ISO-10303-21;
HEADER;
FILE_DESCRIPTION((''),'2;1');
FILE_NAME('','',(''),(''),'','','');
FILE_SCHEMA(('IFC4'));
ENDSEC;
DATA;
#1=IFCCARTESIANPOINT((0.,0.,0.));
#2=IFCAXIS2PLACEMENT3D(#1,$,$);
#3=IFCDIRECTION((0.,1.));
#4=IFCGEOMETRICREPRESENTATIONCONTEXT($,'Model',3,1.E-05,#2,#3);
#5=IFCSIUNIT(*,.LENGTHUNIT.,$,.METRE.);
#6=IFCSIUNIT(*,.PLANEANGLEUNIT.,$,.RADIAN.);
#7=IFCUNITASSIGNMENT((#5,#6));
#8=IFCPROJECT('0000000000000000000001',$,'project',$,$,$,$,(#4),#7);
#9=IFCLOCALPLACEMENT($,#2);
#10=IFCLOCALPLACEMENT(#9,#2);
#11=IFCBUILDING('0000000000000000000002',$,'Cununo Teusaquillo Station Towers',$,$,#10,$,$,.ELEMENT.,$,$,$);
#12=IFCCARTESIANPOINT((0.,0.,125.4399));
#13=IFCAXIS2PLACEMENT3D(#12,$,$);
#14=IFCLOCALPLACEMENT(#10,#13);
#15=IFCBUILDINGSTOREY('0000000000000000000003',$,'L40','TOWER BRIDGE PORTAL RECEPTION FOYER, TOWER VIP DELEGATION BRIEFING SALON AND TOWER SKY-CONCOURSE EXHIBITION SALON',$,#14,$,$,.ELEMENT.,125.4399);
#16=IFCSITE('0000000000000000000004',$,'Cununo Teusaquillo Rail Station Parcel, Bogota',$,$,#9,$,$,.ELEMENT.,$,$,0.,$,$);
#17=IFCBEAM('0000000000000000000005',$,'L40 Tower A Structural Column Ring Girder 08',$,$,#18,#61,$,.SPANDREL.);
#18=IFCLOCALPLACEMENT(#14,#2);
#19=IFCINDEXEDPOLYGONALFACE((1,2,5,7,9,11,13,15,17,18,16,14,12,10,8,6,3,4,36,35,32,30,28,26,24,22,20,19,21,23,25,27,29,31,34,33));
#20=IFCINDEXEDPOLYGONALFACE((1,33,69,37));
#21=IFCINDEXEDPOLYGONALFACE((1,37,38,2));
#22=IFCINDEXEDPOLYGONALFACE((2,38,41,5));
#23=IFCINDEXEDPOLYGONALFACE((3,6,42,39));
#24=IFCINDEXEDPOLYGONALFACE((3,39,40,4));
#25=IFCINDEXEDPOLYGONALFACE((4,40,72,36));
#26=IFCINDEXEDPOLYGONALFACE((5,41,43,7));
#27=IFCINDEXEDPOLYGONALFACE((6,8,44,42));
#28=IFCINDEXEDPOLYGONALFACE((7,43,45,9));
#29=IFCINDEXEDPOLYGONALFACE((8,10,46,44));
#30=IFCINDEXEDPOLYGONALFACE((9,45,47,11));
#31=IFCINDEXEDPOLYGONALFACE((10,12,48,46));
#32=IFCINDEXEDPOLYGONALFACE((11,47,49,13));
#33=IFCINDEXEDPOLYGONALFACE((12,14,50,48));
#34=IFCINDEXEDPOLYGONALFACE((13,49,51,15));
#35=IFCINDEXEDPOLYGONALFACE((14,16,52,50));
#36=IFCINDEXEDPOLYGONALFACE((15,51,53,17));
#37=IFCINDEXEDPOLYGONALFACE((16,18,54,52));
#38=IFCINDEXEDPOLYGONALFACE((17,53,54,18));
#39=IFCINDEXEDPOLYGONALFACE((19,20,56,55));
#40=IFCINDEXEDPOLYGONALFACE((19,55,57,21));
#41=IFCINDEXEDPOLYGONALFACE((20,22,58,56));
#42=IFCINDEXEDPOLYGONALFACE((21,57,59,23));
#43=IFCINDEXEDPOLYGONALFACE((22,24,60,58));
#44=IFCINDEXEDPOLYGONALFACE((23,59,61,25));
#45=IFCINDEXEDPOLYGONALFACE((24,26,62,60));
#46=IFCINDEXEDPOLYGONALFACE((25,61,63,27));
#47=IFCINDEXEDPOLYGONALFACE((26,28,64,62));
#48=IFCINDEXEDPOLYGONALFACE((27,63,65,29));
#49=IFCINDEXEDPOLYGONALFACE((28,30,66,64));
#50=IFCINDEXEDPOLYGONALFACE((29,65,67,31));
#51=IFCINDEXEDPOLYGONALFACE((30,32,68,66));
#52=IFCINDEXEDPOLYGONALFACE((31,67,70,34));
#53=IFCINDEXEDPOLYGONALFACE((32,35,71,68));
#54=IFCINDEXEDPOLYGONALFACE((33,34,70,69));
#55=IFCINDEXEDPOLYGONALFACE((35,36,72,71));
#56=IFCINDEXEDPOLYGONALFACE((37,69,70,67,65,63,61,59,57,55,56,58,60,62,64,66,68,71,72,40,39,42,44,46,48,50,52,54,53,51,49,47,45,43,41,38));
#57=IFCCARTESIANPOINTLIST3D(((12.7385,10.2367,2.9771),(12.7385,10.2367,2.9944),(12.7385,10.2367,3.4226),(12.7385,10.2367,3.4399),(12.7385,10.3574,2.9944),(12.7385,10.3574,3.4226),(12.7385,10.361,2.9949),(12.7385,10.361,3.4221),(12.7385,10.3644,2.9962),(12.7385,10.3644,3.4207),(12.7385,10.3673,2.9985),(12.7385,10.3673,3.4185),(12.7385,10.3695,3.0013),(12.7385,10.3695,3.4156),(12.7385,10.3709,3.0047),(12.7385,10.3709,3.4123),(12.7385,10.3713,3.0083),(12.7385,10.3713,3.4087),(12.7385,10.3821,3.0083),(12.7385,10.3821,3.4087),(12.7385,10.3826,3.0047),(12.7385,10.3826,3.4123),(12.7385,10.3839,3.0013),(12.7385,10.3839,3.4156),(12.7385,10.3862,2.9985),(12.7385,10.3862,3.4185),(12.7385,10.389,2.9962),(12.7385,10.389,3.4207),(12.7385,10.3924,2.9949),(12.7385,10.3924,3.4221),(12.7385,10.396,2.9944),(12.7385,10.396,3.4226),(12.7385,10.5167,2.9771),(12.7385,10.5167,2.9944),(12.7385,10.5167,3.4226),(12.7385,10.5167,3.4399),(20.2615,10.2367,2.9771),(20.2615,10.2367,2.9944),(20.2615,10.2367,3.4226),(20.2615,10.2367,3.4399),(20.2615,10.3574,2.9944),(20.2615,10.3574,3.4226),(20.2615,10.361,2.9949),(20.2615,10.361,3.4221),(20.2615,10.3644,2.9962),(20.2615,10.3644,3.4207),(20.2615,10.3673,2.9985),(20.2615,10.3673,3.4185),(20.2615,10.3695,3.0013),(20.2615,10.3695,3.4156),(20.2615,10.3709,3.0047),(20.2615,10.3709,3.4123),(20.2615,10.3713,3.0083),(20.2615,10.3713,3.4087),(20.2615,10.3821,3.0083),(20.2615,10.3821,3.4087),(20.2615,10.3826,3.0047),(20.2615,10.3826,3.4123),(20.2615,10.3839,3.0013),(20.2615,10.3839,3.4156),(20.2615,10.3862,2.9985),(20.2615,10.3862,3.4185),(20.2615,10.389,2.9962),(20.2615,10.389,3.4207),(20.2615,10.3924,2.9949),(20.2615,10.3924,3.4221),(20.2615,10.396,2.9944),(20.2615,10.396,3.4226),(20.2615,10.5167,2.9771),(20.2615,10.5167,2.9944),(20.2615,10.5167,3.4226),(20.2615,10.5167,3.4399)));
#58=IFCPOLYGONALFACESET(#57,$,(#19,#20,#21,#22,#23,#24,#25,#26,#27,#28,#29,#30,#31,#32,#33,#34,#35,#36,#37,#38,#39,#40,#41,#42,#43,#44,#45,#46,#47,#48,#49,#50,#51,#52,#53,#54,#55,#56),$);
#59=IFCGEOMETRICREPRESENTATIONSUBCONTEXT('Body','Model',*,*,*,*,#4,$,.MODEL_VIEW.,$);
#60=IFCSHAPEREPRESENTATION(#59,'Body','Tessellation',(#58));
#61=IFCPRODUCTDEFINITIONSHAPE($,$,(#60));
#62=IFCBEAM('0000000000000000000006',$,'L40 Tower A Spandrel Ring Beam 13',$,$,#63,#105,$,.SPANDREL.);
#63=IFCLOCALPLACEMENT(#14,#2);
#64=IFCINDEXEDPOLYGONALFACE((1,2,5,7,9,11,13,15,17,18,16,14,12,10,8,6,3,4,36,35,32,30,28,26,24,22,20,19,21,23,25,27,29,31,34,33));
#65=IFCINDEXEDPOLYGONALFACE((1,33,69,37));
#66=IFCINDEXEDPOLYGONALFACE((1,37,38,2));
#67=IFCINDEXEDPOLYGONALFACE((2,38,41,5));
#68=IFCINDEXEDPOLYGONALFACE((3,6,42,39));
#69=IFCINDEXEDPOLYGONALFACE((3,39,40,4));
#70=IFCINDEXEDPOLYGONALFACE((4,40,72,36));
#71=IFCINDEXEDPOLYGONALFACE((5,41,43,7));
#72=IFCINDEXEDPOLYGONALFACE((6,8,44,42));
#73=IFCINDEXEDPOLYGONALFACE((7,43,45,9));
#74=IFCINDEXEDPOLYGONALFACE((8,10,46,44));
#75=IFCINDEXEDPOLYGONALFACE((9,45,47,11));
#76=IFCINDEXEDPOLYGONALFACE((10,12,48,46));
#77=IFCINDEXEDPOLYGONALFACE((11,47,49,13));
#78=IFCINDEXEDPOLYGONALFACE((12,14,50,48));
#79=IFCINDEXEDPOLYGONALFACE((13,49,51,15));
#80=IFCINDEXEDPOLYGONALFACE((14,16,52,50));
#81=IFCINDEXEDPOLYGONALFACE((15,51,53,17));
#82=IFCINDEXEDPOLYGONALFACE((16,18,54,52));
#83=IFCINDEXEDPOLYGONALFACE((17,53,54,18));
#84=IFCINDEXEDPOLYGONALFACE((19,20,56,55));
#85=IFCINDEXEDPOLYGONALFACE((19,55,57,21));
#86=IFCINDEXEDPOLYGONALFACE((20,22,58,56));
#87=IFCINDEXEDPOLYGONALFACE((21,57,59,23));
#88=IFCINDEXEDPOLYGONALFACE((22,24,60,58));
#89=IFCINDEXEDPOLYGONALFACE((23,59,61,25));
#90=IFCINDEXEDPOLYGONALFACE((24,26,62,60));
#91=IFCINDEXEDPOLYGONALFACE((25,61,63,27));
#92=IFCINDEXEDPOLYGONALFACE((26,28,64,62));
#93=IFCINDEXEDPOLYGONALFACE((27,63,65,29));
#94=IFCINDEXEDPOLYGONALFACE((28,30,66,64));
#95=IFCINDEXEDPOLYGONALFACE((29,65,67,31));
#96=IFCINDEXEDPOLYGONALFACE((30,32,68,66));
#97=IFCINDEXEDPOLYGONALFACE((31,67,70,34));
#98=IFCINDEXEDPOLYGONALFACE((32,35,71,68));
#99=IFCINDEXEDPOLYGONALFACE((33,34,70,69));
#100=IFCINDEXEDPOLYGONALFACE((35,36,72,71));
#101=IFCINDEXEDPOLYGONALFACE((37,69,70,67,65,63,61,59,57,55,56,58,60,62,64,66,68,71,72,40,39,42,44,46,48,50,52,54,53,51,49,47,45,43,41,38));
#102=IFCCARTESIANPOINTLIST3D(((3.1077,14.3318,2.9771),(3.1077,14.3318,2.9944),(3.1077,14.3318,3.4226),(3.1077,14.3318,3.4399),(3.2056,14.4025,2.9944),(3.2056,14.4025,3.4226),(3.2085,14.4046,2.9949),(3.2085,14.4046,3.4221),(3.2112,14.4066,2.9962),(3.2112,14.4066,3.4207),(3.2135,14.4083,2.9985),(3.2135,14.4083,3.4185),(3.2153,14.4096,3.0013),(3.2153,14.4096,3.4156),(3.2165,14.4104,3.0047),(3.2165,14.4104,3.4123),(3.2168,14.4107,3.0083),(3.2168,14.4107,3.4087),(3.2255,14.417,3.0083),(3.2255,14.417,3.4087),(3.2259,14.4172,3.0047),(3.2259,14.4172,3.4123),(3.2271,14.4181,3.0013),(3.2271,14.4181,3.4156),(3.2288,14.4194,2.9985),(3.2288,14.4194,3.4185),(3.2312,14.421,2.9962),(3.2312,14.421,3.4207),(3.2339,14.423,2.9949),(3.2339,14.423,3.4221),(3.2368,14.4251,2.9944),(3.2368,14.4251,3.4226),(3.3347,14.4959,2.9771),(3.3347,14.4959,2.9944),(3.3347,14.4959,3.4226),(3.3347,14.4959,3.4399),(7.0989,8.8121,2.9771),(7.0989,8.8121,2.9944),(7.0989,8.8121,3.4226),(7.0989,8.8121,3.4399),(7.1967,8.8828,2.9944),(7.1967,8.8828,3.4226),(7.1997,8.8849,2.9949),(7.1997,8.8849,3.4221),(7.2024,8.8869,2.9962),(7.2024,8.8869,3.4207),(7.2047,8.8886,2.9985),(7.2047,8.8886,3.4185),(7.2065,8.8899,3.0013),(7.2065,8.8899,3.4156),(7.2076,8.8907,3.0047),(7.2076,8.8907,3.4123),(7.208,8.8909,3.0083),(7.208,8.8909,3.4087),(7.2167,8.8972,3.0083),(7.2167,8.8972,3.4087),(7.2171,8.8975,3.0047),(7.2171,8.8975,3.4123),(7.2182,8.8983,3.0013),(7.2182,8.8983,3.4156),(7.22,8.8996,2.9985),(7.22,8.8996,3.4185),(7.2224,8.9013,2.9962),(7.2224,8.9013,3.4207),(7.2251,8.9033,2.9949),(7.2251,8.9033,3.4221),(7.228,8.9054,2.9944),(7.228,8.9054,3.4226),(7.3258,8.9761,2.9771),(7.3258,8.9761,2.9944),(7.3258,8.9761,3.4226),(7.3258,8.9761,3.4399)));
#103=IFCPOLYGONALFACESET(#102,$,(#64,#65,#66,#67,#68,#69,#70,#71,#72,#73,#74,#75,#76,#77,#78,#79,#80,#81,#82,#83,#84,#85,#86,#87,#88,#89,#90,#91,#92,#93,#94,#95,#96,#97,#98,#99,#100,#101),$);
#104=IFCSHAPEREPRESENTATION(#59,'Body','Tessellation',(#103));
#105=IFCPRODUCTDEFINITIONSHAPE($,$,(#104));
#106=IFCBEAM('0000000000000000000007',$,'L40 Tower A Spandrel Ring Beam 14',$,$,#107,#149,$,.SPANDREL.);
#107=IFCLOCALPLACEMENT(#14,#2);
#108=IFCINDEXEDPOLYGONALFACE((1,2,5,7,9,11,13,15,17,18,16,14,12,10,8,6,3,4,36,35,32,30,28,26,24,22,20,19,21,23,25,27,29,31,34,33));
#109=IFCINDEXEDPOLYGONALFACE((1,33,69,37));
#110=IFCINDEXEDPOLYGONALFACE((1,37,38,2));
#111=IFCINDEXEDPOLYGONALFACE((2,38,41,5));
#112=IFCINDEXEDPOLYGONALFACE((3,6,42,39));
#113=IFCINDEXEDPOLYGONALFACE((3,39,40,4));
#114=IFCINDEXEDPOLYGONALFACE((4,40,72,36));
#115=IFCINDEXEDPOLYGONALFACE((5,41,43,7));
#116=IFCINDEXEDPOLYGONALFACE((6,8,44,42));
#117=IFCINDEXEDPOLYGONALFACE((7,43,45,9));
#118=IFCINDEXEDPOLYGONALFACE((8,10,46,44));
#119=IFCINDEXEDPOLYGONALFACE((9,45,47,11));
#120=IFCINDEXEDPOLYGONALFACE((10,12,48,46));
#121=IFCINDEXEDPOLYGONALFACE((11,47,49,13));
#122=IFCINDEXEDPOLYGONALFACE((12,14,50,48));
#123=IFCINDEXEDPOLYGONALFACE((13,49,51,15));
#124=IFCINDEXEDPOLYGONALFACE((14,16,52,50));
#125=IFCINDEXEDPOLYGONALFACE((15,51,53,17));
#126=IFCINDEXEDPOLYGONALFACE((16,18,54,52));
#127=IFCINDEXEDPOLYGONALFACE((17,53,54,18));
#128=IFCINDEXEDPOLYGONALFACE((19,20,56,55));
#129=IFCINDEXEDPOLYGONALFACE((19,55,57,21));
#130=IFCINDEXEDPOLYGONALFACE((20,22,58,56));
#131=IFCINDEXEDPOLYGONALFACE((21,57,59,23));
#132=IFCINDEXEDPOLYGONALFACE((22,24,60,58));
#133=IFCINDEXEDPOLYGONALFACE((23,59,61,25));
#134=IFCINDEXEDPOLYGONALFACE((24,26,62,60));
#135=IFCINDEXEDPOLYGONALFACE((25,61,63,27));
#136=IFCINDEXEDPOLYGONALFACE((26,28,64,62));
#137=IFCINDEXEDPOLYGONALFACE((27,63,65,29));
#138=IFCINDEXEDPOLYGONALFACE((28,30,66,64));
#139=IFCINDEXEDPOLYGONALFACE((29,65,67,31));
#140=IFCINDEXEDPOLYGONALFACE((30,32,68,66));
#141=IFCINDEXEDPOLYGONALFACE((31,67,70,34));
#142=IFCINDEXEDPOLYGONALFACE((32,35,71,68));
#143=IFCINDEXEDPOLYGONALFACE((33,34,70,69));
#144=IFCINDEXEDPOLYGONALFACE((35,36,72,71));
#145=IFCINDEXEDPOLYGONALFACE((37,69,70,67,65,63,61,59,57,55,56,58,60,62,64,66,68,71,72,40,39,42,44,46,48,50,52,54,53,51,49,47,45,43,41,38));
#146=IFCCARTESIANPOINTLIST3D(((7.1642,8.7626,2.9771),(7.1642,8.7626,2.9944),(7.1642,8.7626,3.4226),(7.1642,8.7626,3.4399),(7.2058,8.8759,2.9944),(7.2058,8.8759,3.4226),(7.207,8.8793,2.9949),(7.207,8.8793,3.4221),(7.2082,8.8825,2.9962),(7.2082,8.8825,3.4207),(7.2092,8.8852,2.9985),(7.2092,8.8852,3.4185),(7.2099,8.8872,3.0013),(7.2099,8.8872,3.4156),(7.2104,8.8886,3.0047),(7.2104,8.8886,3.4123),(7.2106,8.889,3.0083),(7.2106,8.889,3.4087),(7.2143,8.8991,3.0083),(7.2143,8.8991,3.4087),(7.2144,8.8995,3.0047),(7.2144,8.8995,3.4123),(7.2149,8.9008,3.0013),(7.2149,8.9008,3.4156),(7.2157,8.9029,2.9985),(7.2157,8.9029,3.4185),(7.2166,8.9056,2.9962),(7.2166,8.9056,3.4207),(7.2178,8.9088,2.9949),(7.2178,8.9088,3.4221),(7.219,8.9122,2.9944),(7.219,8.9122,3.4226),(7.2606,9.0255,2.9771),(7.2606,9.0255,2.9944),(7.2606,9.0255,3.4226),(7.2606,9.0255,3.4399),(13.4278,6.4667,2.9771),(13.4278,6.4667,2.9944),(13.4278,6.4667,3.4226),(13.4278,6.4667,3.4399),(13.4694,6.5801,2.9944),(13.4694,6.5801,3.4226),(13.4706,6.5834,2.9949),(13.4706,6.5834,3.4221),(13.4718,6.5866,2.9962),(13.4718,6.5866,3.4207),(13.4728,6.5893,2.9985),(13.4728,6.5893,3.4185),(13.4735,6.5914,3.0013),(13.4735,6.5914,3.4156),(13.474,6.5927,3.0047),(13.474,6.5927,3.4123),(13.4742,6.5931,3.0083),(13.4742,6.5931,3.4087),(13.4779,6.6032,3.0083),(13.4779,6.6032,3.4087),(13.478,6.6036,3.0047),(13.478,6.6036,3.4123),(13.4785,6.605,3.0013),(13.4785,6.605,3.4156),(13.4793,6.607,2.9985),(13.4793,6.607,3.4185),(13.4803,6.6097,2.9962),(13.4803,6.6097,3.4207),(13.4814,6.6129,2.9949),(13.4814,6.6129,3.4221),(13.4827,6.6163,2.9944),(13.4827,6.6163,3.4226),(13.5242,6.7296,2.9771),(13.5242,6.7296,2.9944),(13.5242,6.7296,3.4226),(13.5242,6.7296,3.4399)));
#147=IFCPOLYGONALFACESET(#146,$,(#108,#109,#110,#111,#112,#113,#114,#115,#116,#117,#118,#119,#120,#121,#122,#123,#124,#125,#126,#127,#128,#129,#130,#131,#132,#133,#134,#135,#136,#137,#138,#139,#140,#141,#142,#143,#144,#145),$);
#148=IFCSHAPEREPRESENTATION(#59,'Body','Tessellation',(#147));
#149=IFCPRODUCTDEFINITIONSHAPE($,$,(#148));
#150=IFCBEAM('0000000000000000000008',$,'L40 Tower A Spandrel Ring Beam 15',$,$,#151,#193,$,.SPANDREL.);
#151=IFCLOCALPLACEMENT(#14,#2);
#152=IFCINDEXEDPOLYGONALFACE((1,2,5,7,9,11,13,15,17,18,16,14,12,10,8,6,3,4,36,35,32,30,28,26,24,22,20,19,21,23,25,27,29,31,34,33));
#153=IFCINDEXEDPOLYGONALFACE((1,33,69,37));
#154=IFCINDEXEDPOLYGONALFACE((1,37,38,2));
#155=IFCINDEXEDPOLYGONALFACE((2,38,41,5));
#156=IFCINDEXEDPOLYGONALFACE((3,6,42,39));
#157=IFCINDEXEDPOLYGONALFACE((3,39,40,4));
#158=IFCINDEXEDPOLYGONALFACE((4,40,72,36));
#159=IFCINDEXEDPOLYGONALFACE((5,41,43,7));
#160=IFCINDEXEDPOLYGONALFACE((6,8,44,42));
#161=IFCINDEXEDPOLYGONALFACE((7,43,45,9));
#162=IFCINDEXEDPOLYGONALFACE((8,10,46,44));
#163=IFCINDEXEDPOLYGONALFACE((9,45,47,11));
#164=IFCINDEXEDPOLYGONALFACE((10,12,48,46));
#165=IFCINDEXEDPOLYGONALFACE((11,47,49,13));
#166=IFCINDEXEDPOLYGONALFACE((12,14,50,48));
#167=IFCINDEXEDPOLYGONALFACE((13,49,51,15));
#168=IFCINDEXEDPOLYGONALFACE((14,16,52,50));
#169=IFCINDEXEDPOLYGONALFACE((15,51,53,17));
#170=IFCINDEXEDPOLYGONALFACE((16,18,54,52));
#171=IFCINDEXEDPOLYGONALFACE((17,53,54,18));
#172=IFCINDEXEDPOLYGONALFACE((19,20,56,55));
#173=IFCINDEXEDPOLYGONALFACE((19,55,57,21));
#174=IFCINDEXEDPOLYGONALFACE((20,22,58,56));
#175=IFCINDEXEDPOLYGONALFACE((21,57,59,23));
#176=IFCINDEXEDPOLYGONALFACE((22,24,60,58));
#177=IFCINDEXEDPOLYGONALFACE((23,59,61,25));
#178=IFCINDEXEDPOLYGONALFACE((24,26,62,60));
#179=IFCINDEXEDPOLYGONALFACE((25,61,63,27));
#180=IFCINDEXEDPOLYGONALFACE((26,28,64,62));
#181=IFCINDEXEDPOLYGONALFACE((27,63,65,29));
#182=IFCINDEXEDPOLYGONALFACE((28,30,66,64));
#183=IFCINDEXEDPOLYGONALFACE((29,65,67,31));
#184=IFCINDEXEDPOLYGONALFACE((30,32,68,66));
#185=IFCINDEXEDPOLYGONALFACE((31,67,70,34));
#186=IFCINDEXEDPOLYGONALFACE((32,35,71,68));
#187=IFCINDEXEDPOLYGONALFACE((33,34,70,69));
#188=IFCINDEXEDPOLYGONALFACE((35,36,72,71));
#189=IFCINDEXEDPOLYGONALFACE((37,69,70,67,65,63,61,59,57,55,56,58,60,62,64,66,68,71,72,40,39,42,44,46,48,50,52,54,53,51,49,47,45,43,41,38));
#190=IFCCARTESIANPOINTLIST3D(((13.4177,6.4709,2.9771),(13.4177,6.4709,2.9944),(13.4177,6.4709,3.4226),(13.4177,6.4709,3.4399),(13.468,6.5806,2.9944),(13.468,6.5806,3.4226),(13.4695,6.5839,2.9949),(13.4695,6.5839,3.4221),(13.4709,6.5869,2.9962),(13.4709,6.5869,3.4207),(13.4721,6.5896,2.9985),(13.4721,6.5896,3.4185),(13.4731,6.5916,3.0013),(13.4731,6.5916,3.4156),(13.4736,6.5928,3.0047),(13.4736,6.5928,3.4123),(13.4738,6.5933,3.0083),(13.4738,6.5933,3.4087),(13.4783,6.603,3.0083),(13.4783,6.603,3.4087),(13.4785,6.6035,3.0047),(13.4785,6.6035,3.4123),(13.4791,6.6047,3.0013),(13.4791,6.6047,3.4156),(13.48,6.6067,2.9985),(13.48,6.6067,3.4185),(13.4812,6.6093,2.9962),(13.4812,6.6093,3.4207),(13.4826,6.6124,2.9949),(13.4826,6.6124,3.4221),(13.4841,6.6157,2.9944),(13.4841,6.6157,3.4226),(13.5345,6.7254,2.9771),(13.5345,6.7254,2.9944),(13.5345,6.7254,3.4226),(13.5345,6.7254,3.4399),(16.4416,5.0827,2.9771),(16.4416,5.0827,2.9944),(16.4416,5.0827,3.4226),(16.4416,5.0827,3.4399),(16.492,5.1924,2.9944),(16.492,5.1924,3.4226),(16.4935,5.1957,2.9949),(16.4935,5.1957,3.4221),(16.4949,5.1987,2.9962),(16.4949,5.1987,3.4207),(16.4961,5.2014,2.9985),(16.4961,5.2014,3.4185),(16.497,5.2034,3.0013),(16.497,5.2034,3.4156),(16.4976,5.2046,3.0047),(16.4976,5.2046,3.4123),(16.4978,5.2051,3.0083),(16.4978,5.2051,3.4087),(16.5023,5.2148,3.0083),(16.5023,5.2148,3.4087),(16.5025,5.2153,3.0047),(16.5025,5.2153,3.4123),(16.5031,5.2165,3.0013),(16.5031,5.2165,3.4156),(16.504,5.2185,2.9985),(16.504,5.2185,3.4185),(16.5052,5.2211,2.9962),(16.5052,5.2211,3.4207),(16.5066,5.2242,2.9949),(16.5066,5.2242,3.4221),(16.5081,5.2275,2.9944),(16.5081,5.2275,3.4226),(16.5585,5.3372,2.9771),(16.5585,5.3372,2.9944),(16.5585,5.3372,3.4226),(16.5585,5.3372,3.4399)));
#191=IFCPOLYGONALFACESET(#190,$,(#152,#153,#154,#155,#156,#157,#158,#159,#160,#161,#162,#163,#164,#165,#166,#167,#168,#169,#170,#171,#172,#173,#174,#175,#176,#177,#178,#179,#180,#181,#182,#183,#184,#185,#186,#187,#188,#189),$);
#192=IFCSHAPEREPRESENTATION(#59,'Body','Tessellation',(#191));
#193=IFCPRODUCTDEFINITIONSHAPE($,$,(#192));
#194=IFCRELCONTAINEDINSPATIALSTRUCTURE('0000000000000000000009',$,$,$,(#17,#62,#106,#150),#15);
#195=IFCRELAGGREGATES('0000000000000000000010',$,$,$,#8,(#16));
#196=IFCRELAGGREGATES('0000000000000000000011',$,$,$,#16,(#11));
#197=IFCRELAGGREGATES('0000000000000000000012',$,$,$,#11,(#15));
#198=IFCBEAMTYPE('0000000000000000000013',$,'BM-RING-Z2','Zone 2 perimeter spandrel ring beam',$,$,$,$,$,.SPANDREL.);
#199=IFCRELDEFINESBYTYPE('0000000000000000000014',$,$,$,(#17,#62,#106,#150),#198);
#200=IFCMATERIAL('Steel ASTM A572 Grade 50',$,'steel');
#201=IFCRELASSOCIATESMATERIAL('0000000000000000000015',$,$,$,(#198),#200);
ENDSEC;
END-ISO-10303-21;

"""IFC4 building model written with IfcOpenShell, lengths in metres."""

from ifc_helpers import new_model, si_unit, direction, frame, origin, origin_2d, place, context, subcontext, project, spatial, i_section, extrude, material, material_profile, profile_set, type_object, element, save


model = new_model("IFC4")

# Units and contexts
model_context = context("Model", 3, precision=1e-05, world=origin(), true_north=direction((0.0, 1.0)))
body_context = subcontext(model_context, "Body", "Model", "MODEL_VIEW")
ifc_project = project(units=[si_unit("LENGTHUNIT", "METRE"), si_unit("PLANEANGLEUNIT", "RADIAN")], contexts=[model_context])

# Site, building, storey
site_placement = place(None, origin())
site = spatial("IfcSite", under=ifc_project, at=site_placement, Name="Cununo Teusaquillo Rail Station Parcel, Bogota", CompositionType="ELEMENT", RefElevation=0.0)
building_placement = place(site_placement, origin())
building = spatial("IfcBuilding", under=site, at=building_placement, Name="Cununo Teusaquillo Station Towers", CompositionType="ELEMENT")
storey_placement = place(building_placement, frame((0.0, 0.0, 125.4399)))
storey = spatial("IfcBuildingStorey", under=building, at=storey_placement, Name="L40", Description="TOWER BRIDGE PORTAL RECEPTION FOYER, TOWER VIP DELEGATION BRIEFING SALON AND TOWER SKY-CONCOURSE EXHIBITION SALON", CompositionType="ELEMENT", Elevation=125.4399)

# Beams
ifc_material_1 = material(Name="Steel ASTM A572 Grade 50", Category="steel")
ifc_material_profile_1 = material_profile(ifc_material_1, i_section(OverallWidth=0.28, OverallDepth=0.4629, WebThickness=0.0107, FlangeThickness=0.0173, FilletRadius=0.0139, at=origin_2d()), Name="W18X76")
ifc_profile_set_1 = profile_set([ifc_material_profile_1], Name="Steel ASTM A572 Grade 50")
beam_type = type_object("IfcBeamType", Name="BM-RING-Z2", Description="Zone 2 perimeter spandrel ring beam", PredefinedType="SPANDREL", material=ifc_profile_set_1)
beam_1_placement = place(storey_placement, frame((12.7385, 10.3767, 3.2085), z_axis=(1.0, 0.0, 0.0), x_axis=(0.0, 1.0, 0.0)))
element("IfcBeam", 1, at=beam_1_placement, inside=storey, type_object=beam_type, Name="L40 Tower A Structural Column Ring Girder 08", PredefinedType="SPANDREL", context=body_context, shape_type="SweptSolid", body=[
    extrude(i_section(OverallWidth=0.28, OverallDepth=0.4629, WebThickness=0.0107, FlangeThickness=0.0173, FilletRadius=0.0139, at=origin_2d()), origin(), (0.0, 0.0, 1.0), 7.5229),
])
beam_2_placement = place(storey_placement, frame((3.2212, 14.4138, 3.2085), z_axis=(0.585945, -0.810351, 0.0), x_axis=(0.810351, 0.585945, 0.0)))
element("IfcBeam", 2, at=beam_2_placement, inside=storey, type_object=beam_type, Name="L40 Tower A Spandrel Ring Beam 13", PredefinedType="SPANDREL", context=body_context, shape_type="SweptSolid", body=[
    extrude(i_section(OverallWidth=0.28, OverallDepth=0.4629, WebThickness=0.0107, FlangeThickness=0.0173, FilletRadius=0.0139, at=origin_2d()), origin(), (0.0, 0.0, 1.0), 6.8115),
])
beam_3_placement = place(storey_placement, frame((7.2124, 8.894, 3.2085), z_axis=(0.938914, -0.344151, 0.0), x_axis=(0.344151, 0.938914, 0.0)))
element("IfcBeam", 3, at=beam_3_placement, inside=storey, type_object=beam_type, Name="L40 Tower A Spandrel Ring Beam 14", PredefinedType="SPANDREL", context=body_context, shape_type="SweptSolid", body=[
    extrude(i_section(OverallWidth=0.28, OverallDepth=0.4629, WebThickness=0.0107, FlangeThickness=0.0173, FilletRadius=0.0139, at=origin_2d()), origin(), (0.0, 0.0, 1.0), 6.6711),
])
beam_4_placement = place(storey_placement, frame((13.4761, 6.5981, 3.2085), z_axis=(0.908812, -0.417205, 0.0), x_axis=(0.417205, 0.908812, 0.0)))
element("IfcBeam", 4, at=beam_4_placement, inside=storey, type_object=beam_type, Name="L40 Tower A Spandrel Ring Beam 15", PredefinedType="SPANDREL", context=body_context, shape_type="SweptSolid", body=[
    extrude(i_section(OverallWidth=0.28, OverallDepth=0.4629, WebThickness=0.0107, FlangeThickness=0.0173, FilletRadius=0.0139, at=origin_2d()), origin(), (0.0, 0.0, 1.0), 3.3274),
])

save(model, "model.ifc")
